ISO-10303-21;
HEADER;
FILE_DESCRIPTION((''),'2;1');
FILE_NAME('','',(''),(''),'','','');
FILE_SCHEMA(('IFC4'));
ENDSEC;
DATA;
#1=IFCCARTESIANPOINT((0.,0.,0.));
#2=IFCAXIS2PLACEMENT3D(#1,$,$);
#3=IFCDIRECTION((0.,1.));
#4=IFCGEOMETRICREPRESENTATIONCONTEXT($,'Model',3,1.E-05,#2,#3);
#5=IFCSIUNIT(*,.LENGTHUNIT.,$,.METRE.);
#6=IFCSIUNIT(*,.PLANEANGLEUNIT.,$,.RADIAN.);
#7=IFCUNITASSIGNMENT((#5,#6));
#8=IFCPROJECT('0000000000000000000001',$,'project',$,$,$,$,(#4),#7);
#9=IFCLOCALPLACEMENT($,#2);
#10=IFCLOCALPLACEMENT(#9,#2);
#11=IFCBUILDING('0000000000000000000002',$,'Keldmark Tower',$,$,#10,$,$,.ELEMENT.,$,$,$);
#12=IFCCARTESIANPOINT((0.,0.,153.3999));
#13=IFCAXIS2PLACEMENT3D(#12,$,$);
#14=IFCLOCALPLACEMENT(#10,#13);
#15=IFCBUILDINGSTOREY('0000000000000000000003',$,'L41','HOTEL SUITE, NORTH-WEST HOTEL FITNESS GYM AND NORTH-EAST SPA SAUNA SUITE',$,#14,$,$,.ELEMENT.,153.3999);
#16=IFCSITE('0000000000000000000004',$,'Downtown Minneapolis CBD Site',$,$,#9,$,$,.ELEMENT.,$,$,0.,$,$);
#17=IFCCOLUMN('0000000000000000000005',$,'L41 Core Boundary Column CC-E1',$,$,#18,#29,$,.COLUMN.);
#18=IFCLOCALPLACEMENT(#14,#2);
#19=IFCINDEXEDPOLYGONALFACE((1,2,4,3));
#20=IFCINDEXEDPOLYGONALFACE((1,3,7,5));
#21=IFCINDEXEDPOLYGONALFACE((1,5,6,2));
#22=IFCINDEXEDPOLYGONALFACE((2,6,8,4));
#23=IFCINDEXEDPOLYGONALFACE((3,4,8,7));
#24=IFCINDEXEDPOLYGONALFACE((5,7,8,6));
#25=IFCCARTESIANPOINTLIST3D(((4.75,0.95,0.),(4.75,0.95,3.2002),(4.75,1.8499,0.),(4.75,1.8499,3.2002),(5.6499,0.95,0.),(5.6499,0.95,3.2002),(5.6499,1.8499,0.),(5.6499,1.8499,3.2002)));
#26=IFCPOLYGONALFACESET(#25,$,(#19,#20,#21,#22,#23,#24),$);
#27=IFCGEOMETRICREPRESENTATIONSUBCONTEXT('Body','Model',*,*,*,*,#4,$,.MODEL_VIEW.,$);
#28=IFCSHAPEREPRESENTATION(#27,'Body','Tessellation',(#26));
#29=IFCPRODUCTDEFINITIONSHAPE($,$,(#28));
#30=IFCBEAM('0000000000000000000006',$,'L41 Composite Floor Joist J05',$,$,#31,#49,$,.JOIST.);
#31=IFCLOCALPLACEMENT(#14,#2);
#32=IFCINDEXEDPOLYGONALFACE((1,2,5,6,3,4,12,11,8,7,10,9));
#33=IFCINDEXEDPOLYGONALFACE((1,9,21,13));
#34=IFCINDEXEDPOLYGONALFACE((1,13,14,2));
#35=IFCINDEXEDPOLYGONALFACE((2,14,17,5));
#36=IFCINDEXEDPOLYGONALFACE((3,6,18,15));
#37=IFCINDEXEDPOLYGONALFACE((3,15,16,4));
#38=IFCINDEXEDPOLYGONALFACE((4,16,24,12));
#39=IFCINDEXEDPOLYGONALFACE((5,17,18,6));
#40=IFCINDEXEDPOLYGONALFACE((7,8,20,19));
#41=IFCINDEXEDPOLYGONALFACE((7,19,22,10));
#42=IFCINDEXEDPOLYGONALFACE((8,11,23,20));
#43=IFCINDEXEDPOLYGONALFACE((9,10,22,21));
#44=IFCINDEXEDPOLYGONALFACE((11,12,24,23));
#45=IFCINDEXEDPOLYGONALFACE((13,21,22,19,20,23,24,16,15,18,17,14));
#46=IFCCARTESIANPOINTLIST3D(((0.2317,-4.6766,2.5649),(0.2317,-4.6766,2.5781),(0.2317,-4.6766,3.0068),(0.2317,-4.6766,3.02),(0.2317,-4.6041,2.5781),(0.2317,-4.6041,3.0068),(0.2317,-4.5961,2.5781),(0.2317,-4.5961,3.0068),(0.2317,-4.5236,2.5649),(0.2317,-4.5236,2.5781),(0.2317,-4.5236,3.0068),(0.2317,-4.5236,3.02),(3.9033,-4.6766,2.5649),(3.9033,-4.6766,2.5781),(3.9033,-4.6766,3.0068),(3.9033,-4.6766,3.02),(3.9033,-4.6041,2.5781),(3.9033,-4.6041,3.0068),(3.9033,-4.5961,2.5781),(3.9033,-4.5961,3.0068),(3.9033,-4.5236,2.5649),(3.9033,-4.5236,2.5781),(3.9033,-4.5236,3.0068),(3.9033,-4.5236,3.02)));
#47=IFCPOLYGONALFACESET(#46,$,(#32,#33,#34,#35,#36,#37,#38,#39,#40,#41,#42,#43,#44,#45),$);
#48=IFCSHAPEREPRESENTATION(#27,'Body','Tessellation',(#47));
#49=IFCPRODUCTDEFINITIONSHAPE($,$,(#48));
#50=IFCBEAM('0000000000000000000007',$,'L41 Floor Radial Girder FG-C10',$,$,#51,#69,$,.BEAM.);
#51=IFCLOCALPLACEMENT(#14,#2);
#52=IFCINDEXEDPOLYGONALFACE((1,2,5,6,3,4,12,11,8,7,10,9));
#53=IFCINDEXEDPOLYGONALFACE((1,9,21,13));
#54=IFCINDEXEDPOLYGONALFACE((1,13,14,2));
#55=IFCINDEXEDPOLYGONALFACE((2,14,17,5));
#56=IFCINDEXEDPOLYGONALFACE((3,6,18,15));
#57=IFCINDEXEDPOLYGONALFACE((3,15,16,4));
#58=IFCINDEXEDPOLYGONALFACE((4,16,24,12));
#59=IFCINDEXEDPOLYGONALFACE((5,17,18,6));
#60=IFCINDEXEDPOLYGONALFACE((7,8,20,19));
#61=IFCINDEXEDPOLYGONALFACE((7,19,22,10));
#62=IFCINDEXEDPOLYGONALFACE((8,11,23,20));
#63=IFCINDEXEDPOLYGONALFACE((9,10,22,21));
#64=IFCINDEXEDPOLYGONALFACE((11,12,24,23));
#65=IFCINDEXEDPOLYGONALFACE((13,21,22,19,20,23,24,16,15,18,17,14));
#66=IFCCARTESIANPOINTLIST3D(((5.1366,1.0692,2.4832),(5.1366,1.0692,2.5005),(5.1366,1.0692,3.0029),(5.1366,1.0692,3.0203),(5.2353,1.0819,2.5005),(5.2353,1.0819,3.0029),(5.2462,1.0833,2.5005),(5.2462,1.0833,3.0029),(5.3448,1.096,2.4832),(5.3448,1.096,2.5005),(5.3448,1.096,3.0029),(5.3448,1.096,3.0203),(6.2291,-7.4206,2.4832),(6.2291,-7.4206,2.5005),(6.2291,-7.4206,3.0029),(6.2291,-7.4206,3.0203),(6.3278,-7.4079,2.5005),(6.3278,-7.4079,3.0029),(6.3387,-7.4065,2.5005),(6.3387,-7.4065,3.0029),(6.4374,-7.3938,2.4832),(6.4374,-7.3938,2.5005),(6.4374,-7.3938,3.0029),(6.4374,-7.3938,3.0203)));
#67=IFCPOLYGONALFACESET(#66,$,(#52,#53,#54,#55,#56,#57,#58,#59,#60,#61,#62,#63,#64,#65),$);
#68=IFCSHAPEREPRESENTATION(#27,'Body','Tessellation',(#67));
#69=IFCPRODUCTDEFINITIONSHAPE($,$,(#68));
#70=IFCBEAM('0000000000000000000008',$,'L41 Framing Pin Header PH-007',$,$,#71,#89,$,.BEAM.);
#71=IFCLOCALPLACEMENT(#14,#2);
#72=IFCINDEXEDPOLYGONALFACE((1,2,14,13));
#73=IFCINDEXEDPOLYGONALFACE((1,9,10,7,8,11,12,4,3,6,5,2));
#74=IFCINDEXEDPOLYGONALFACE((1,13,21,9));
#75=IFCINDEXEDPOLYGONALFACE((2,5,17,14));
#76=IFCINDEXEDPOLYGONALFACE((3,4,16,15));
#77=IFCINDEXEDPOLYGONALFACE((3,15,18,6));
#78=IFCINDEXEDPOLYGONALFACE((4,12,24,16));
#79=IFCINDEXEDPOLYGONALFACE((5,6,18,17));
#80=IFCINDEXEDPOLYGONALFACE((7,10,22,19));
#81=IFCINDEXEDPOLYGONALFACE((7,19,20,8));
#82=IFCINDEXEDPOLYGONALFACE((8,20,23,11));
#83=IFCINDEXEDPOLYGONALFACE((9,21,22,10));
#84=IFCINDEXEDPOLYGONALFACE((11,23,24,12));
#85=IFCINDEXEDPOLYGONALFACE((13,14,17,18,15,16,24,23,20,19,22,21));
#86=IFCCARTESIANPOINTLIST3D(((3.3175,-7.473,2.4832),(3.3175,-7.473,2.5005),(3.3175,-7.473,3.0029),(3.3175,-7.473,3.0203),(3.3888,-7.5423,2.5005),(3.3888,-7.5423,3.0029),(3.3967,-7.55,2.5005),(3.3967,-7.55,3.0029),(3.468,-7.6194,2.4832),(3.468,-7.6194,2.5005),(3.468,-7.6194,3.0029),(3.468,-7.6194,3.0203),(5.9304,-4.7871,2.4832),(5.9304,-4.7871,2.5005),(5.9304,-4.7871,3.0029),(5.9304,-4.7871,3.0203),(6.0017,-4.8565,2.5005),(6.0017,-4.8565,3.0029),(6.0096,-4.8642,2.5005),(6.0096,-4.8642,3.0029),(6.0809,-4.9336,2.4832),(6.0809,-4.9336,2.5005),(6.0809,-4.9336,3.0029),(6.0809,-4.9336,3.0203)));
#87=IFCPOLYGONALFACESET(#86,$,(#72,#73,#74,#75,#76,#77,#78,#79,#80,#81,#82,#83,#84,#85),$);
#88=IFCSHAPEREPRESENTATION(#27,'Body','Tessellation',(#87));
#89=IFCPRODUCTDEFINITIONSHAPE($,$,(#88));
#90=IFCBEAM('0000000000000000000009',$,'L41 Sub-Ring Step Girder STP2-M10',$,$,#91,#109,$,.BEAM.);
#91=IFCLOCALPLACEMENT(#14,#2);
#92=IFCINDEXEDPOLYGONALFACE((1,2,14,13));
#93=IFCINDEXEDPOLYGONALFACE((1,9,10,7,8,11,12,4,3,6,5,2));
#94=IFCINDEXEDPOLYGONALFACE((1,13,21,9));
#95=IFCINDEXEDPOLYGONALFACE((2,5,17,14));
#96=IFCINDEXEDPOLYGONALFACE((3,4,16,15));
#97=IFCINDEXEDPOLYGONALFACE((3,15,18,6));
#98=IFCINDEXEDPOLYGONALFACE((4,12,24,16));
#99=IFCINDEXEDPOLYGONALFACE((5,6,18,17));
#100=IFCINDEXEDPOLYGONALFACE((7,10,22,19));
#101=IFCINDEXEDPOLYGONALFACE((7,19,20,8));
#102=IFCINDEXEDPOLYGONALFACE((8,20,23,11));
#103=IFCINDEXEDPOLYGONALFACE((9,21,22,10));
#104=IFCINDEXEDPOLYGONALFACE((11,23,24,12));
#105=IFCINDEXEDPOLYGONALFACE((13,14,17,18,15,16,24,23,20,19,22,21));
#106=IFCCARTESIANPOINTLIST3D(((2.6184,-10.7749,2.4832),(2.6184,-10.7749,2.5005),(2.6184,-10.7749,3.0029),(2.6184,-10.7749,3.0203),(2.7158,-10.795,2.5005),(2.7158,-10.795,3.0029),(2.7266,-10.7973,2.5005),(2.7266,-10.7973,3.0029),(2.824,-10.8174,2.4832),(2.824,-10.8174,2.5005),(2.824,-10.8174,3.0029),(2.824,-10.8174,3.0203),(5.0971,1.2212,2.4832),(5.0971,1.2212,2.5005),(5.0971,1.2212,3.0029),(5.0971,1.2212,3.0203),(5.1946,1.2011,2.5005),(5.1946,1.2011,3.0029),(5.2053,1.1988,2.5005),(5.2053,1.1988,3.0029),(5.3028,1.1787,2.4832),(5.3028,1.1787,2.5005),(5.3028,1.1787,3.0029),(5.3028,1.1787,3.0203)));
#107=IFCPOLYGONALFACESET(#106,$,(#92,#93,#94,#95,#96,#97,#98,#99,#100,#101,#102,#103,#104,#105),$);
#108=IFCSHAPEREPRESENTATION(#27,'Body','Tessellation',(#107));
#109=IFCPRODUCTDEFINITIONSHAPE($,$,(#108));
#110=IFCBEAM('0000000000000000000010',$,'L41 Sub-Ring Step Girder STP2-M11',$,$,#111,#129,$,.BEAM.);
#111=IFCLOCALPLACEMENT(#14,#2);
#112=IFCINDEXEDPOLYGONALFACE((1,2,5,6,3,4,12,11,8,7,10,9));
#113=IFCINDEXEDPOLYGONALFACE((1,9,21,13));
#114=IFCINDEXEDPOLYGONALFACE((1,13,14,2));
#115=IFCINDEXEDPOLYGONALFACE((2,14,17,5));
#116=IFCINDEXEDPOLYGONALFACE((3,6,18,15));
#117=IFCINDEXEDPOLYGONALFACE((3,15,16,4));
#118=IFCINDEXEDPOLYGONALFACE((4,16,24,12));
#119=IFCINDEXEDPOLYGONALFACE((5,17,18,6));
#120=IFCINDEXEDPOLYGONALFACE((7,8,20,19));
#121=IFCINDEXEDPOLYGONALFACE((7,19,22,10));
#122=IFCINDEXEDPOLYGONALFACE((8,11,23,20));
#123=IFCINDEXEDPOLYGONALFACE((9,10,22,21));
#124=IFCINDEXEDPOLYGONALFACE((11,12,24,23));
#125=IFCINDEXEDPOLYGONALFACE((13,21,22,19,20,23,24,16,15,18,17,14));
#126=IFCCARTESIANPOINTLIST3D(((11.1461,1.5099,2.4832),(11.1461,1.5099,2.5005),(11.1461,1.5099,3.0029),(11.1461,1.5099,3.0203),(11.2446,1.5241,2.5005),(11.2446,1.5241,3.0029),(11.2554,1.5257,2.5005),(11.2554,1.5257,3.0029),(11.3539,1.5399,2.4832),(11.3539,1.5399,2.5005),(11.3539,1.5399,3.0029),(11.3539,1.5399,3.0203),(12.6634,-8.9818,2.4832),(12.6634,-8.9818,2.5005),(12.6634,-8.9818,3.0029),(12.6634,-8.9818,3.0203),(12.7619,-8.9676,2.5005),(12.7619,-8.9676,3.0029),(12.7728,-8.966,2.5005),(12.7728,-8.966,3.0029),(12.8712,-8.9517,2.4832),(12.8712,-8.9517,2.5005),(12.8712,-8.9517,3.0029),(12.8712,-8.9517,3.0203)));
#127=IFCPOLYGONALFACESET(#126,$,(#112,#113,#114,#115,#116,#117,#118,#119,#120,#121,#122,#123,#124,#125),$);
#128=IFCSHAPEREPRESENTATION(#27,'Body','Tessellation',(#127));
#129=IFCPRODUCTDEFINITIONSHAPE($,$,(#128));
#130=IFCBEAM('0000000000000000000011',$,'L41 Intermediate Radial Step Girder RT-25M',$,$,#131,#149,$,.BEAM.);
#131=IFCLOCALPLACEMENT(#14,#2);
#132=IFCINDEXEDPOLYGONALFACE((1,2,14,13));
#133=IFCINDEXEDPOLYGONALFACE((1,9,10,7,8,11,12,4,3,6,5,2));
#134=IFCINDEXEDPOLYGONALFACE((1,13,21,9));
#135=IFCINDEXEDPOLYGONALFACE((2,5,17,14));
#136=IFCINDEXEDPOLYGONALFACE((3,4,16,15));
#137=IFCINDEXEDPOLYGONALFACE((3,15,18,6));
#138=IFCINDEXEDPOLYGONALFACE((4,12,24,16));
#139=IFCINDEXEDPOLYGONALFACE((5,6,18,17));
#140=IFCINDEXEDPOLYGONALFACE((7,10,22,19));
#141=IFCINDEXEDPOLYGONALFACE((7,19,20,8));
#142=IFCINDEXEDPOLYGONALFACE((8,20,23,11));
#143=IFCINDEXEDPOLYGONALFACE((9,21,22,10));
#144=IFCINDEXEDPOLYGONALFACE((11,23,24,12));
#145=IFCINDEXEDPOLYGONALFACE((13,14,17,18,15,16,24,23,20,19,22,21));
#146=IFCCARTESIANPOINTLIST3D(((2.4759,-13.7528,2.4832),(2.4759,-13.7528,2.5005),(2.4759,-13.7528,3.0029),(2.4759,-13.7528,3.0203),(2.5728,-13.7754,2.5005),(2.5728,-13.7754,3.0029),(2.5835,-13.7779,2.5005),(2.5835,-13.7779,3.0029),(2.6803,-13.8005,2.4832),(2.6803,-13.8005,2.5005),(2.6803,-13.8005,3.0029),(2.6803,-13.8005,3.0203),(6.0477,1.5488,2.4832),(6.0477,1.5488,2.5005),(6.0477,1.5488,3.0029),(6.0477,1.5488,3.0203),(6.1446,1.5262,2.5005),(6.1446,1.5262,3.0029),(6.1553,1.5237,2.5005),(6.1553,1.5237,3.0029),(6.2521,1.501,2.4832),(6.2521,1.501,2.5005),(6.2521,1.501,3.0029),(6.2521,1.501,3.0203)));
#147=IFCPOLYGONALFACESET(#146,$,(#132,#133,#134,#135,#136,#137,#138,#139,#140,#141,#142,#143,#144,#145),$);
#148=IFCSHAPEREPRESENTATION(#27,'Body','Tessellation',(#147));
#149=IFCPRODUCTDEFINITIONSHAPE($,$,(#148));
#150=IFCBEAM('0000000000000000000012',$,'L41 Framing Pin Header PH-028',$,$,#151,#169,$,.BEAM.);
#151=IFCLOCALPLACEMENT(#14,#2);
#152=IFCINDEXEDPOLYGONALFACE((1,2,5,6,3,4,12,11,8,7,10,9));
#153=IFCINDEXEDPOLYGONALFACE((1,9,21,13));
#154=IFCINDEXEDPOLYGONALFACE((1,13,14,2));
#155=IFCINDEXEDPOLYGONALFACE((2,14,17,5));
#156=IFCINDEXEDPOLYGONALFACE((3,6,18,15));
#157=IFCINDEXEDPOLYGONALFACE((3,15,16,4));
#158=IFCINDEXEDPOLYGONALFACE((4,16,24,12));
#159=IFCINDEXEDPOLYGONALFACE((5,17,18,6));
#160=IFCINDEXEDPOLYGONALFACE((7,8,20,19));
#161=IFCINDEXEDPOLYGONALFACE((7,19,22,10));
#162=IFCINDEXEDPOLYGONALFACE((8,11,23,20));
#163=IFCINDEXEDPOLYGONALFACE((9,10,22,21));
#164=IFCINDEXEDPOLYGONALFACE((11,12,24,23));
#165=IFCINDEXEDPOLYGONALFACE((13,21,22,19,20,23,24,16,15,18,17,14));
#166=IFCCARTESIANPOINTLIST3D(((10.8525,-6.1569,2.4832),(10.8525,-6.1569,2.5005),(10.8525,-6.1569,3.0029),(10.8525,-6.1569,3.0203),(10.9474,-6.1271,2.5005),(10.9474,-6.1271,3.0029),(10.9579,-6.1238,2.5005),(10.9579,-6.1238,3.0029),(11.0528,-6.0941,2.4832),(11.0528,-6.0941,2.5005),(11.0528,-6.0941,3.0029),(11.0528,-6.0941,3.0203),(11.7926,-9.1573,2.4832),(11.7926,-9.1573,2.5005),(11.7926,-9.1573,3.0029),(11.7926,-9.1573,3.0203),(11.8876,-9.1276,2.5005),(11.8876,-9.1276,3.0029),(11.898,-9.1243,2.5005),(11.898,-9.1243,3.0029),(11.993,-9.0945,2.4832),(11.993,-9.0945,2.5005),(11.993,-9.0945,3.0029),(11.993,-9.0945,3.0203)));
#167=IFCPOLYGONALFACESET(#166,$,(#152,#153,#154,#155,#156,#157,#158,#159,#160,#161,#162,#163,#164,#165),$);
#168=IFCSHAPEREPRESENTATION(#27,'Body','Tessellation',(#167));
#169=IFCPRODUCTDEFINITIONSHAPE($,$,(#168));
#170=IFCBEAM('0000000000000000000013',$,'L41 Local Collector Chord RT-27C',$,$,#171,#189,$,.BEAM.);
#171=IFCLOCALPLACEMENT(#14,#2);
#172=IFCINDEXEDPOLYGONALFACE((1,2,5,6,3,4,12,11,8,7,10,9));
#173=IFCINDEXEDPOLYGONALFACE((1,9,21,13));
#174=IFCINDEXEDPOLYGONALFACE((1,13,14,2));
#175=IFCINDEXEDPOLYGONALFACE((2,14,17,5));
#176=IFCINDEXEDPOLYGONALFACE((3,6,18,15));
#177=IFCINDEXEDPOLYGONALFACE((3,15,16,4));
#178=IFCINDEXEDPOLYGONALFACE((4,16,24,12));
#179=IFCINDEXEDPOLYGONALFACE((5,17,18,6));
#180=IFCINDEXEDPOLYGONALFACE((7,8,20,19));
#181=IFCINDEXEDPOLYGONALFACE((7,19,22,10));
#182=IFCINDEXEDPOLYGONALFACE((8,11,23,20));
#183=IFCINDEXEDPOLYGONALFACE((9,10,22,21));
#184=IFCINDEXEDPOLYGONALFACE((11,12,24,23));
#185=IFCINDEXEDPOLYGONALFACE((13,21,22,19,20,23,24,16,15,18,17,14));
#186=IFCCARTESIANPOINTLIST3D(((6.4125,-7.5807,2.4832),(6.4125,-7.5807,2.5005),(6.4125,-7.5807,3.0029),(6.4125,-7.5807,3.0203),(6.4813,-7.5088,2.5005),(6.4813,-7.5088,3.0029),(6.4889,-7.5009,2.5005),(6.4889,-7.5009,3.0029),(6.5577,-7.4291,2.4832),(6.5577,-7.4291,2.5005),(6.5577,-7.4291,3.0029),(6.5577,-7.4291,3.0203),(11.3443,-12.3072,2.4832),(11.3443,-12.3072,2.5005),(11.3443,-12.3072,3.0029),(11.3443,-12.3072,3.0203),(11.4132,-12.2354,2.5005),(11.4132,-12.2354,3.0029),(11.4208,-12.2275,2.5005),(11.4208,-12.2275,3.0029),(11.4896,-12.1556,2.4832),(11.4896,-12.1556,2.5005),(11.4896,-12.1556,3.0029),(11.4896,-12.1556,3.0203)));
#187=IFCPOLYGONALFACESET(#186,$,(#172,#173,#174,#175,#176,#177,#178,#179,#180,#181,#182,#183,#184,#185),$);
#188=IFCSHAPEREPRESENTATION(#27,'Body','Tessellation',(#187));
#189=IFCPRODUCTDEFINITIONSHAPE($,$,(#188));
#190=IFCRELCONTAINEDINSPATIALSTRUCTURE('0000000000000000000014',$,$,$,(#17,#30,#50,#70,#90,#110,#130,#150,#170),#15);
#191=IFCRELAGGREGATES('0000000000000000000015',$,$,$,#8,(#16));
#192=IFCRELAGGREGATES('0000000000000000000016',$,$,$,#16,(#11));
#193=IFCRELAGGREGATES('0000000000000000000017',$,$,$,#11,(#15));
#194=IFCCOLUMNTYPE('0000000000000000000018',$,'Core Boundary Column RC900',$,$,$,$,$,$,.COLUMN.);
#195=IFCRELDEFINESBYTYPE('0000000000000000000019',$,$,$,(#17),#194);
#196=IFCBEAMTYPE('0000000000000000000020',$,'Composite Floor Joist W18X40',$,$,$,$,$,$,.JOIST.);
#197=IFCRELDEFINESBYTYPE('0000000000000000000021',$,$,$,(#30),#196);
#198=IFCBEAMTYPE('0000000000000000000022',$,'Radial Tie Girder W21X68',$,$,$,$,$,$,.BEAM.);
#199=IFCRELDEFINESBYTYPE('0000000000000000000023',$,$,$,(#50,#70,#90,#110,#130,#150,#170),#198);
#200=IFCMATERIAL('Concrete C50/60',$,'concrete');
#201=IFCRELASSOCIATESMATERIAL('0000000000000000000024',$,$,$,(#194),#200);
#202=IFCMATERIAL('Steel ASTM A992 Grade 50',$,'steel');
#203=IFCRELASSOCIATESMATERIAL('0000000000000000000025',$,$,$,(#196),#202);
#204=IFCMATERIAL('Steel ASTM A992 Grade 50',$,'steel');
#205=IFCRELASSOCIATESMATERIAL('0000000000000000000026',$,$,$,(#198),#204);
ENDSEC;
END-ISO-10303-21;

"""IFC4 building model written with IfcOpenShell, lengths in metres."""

from ifc_helpers import new_model, si_unit, direction, frame, origin, origin_2d, place, context, subcontext, project, spatial, rectangle, i_section, extrude, material, material_profile, profile_set, type_object, element, save


model = new_model("IFC4")

# Units and contexts
model_context = context("Model", 3, precision=1e-05, world=origin(), true_north=direction((0.0, 1.0)))
body_context = subcontext(model_context, "Body", "Model", "MODEL_VIEW")
ifc_project = project(units=[si_unit("LENGTHUNIT", "METRE"), si_unit("PLANEANGLEUNIT", "RADIAN")], contexts=[model_context])

# Site, building, storey
site_placement = place(None, origin())
site = spatial("IfcSite", under=ifc_project, at=site_placement, Name="Downtown Minneapolis CBD Site", CompositionType="ELEMENT", RefElevation=0.0)
building_placement = place(site_placement, origin())
building = spatial("IfcBuilding", under=site, at=building_placement, Name="Keldmark Tower", CompositionType="ELEMENT")
storey_placement = place(building_placement, frame((0.0, 0.0, 153.3999)))
storey = spatial("IfcBuildingStorey", under=building, at=storey_placement, Name="L41", Description="HOTEL SUITE, NORTH-WEST HOTEL FITNESS GYM AND NORTH-EAST SPA SAUNA SUITE", CompositionType="ELEMENT", Elevation=153.3999)

# Column
ifc_material_1 = material(Name="Concrete C50/60", Category="concrete")
ifc_material_profile_1 = material_profile(ifc_material_1, rectangle(XDim=0.8999, YDim=0.8999, at=origin_2d()), Name="RC900X900")
ifc_profile_set_1 = profile_set([ifc_material_profile_1], Name="Concrete C50/60")
column_type = type_object("IfcColumnType", Name="Core Boundary Column RC900", PredefinedType="COLUMN", material=ifc_profile_set_1)
column_placement = place(storey_placement, frame((5.2, 1.3999, 0.0), z_axis=(0.0, 0.0, 1.0), x_axis=(1.0, 0.0, 0.0)))
element("IfcColumn", 1, at=column_placement, inside=storey, type_object=column_type, Name="L41 Core Boundary Column CC-E1", PredefinedType="COLUMN", context=body_context, shape_type="SweptSolid", body=[
    extrude(rectangle(XDim=0.8999, YDim=0.8999, at=origin_2d()), origin(), (0.0, 0.0, 1.0), 3.2002),
])

# Beams
ifc_material_2 = material(Name="Steel ASTM A992 Grade 50", Category="steel")
ifc_material_profile_2 = material_profile(ifc_material_2, i_section(OverallWidth=0.1531, OverallDepth=0.4551, WebThickness=0.0081, FlangeThickness=0.0132, at=origin_2d()), Name="W18X40")
ifc_profile_set_2 = profile_set([ifc_material_profile_2], Name="Steel ASTM A992 Grade 50")
beam_type_1 = type_object("IfcBeamType", Name="Composite Floor Joist W18X40", PredefinedType="JOIST", material=ifc_profile_set_2)
beam_1_placement = place(storey_placement, frame((0.2317, -4.6001, 2.7925), z_axis=(1.0, 0.0, 0.0), x_axis=(0.0, 1.0, 0.0)))
element("IfcBeam", 2, at=beam_1_placement, inside=storey, type_object=beam_type_1, Name="L41 Composite Floor Joist J05", PredefinedType="JOIST", context=body_context, shape_type="SweptSolid", body=[
    extrude(i_section(OverallWidth=0.1531, OverallDepth=0.4551, WebThickness=0.0081, FlangeThickness=0.0132, at=origin_2d()), origin(), (0.0, 0.0, 1.0), 3.6716),
])
ifc_material_3 = material(Name="Steel ASTM A992 Grade 50", Category="steel")
ifc_material_profile_3 = material_profile(ifc_material_3, i_section(OverallWidth=0.21, OverallDepth=0.5371, WebThickness=0.011, FlangeThickness=0.0173, at=origin_2d()), Name="W21X68")
ifc_profile_set_3 = profile_set([ifc_material_profile_3], Name="Steel ASTM A992 Grade 50")
beam_type_2 = type_object("IfcBeamType", Name="Radial Tie Girder W21X68", PredefinedType="BEAM", material=ifc_profile_set_3)
beam_2_placement = place(storey_placement, frame((6.3333, -7.4072, 2.7517), z_axis=(-0.127636, 0.991821, 0.0), x_axis=(-0.991821, -0.127636, 0.0)))
element("IfcBeam", 3, at=beam_2_placement, inside=storey, type_object=beam_type_2, Name="L41 Floor Radial Girder FG-C10", PredefinedType="BEAM", context=body_context, shape_type="SweptSolid", body=[
    extrude(i_section(OverallWidth=0.21, OverallDepth=0.5371, WebThickness=0.011, FlangeThickness=0.0173, at=origin_2d()), origin(), (0.0, 0.0, 1.0), 8.5598),
])
beam_3_placement = place(storey_placement, frame((6.0056, -4.8604, 2.7517), z_axis=(-0.697299, -0.71678, 0.0), x_axis=(0.71678, -0.697299, 0.0)))
element("IfcBeam", 4, at=beam_3_placement, inside=storey, type_object=beam_type_2, Name="L41 Framing Pin Header PH-007", PredefinedType="BEAM", context=body_context, shape_type="SweptSolid", body=[
    extrude(i_section(OverallWidth=0.21, OverallDepth=0.5371, WebThickness=0.011, FlangeThickness=0.0173, at=origin_2d()), origin(), (0.0, 0.0, 1.0), 3.7471),
])
beam_4_placement = place(storey_placement, frame((5.2, 1.2, 2.7517), z_axis=(-0.202356, -0.979312, 0.0), x_axis=(0.979312, -0.202356, 0.0)))
element("IfcBeam", 5, at=beam_4_placement, inside=storey, type_object=beam_type_2, Name="L41 Sub-Ring Step Girder STP2-M10", PredefinedType="BEAM", context=body_context, shape_type="SweptSolid", body=[
    extrude(i_section(OverallWidth=0.21, OverallDepth=0.5371, WebThickness=0.011, FlangeThickness=0.0173, at=origin_2d()), origin(), (0.0, 0.0, 1.0), 12.2495),
])
beam_5_placement = place(storey_placement, frame((11.25, 1.5249, 2.7517), z_axis=(0.143133, -0.989703, 0.0), x_axis=(0.989703, 0.143133, 0.0)))
element("IfcBeam", 6, at=beam_5_placement, inside=storey, type_object=beam_type_2, Name="L41 Sub-Ring Step Girder STP2-M11", PredefinedType="BEAM", context=body_context, shape_type="SweptSolid", body=[
    extrude(i_section(OverallWidth=0.21, OverallDepth=0.5371, WebThickness=0.011, FlangeThickness=0.0173, at=origin_2d()), origin(), (0.0, 0.0, 1.0), 10.6008),
])
beam_6_placement = place(storey_placement, frame((6.1499, 1.5249, 2.7517), z_axis=(-0.227316, -0.973821, 0.0), x_axis=(0.973821, -0.227316, 0.0)))
element("IfcBeam", 7, at=beam_6_placement, inside=storey, type_object=beam_type_2, Name="L41 Intermediate Radial Step Girder RT-25M", PredefinedType="BEAM", context=body_context, shape_type="SweptSolid", body=[
    extrude(i_section(OverallWidth=0.21, OverallDepth=0.5371, WebThickness=0.011, FlangeThickness=0.0173, at=origin_2d()), origin(), (0.0, 0.0, 1.0), 15.7129),
])
beam_7_placement = place(storey_placement, frame((10.9526, -6.1255, 2.7517), z_axis=(0.299009, -0.95425, 0.0), x_axis=(0.95425, 0.299009, 0.0)))
element("IfcBeam", 8, at=beam_7_placement, inside=storey, type_object=beam_type_2, Name="L41 Framing Pin Header PH-028", PredefinedType="BEAM", context=body_context, shape_type="SweptSolid", body=[
    extrude(i_section(OverallWidth=0.21, OverallDepth=0.5371, WebThickness=0.011, FlangeThickness=0.0173, at=origin_2d()), origin(), (0.0, 0.0, 1.0), 3.1443),
])
beam_8_placement = place(storey_placement, frame((6.4851, -7.5049, 2.7517), z_axis=(0.721976, -0.691919, 0.0), x_axis=(0.691919, 0.721976, 0.0)))
element("IfcBeam", 9, at=beam_8_placement, inside=storey, type_object=beam_type_2, Name="L41 Local Collector Chord RT-27C", PredefinedType="BEAM", context=body_context, shape_type="SweptSolid", body=[
    extrude(i_section(OverallWidth=0.21, OverallDepth=0.5371, WebThickness=0.011, FlangeThickness=0.0173, at=origin_2d()), origin(), (0.0, 0.0, 1.0), 6.8311),
])

save(model, "model.ifc")
